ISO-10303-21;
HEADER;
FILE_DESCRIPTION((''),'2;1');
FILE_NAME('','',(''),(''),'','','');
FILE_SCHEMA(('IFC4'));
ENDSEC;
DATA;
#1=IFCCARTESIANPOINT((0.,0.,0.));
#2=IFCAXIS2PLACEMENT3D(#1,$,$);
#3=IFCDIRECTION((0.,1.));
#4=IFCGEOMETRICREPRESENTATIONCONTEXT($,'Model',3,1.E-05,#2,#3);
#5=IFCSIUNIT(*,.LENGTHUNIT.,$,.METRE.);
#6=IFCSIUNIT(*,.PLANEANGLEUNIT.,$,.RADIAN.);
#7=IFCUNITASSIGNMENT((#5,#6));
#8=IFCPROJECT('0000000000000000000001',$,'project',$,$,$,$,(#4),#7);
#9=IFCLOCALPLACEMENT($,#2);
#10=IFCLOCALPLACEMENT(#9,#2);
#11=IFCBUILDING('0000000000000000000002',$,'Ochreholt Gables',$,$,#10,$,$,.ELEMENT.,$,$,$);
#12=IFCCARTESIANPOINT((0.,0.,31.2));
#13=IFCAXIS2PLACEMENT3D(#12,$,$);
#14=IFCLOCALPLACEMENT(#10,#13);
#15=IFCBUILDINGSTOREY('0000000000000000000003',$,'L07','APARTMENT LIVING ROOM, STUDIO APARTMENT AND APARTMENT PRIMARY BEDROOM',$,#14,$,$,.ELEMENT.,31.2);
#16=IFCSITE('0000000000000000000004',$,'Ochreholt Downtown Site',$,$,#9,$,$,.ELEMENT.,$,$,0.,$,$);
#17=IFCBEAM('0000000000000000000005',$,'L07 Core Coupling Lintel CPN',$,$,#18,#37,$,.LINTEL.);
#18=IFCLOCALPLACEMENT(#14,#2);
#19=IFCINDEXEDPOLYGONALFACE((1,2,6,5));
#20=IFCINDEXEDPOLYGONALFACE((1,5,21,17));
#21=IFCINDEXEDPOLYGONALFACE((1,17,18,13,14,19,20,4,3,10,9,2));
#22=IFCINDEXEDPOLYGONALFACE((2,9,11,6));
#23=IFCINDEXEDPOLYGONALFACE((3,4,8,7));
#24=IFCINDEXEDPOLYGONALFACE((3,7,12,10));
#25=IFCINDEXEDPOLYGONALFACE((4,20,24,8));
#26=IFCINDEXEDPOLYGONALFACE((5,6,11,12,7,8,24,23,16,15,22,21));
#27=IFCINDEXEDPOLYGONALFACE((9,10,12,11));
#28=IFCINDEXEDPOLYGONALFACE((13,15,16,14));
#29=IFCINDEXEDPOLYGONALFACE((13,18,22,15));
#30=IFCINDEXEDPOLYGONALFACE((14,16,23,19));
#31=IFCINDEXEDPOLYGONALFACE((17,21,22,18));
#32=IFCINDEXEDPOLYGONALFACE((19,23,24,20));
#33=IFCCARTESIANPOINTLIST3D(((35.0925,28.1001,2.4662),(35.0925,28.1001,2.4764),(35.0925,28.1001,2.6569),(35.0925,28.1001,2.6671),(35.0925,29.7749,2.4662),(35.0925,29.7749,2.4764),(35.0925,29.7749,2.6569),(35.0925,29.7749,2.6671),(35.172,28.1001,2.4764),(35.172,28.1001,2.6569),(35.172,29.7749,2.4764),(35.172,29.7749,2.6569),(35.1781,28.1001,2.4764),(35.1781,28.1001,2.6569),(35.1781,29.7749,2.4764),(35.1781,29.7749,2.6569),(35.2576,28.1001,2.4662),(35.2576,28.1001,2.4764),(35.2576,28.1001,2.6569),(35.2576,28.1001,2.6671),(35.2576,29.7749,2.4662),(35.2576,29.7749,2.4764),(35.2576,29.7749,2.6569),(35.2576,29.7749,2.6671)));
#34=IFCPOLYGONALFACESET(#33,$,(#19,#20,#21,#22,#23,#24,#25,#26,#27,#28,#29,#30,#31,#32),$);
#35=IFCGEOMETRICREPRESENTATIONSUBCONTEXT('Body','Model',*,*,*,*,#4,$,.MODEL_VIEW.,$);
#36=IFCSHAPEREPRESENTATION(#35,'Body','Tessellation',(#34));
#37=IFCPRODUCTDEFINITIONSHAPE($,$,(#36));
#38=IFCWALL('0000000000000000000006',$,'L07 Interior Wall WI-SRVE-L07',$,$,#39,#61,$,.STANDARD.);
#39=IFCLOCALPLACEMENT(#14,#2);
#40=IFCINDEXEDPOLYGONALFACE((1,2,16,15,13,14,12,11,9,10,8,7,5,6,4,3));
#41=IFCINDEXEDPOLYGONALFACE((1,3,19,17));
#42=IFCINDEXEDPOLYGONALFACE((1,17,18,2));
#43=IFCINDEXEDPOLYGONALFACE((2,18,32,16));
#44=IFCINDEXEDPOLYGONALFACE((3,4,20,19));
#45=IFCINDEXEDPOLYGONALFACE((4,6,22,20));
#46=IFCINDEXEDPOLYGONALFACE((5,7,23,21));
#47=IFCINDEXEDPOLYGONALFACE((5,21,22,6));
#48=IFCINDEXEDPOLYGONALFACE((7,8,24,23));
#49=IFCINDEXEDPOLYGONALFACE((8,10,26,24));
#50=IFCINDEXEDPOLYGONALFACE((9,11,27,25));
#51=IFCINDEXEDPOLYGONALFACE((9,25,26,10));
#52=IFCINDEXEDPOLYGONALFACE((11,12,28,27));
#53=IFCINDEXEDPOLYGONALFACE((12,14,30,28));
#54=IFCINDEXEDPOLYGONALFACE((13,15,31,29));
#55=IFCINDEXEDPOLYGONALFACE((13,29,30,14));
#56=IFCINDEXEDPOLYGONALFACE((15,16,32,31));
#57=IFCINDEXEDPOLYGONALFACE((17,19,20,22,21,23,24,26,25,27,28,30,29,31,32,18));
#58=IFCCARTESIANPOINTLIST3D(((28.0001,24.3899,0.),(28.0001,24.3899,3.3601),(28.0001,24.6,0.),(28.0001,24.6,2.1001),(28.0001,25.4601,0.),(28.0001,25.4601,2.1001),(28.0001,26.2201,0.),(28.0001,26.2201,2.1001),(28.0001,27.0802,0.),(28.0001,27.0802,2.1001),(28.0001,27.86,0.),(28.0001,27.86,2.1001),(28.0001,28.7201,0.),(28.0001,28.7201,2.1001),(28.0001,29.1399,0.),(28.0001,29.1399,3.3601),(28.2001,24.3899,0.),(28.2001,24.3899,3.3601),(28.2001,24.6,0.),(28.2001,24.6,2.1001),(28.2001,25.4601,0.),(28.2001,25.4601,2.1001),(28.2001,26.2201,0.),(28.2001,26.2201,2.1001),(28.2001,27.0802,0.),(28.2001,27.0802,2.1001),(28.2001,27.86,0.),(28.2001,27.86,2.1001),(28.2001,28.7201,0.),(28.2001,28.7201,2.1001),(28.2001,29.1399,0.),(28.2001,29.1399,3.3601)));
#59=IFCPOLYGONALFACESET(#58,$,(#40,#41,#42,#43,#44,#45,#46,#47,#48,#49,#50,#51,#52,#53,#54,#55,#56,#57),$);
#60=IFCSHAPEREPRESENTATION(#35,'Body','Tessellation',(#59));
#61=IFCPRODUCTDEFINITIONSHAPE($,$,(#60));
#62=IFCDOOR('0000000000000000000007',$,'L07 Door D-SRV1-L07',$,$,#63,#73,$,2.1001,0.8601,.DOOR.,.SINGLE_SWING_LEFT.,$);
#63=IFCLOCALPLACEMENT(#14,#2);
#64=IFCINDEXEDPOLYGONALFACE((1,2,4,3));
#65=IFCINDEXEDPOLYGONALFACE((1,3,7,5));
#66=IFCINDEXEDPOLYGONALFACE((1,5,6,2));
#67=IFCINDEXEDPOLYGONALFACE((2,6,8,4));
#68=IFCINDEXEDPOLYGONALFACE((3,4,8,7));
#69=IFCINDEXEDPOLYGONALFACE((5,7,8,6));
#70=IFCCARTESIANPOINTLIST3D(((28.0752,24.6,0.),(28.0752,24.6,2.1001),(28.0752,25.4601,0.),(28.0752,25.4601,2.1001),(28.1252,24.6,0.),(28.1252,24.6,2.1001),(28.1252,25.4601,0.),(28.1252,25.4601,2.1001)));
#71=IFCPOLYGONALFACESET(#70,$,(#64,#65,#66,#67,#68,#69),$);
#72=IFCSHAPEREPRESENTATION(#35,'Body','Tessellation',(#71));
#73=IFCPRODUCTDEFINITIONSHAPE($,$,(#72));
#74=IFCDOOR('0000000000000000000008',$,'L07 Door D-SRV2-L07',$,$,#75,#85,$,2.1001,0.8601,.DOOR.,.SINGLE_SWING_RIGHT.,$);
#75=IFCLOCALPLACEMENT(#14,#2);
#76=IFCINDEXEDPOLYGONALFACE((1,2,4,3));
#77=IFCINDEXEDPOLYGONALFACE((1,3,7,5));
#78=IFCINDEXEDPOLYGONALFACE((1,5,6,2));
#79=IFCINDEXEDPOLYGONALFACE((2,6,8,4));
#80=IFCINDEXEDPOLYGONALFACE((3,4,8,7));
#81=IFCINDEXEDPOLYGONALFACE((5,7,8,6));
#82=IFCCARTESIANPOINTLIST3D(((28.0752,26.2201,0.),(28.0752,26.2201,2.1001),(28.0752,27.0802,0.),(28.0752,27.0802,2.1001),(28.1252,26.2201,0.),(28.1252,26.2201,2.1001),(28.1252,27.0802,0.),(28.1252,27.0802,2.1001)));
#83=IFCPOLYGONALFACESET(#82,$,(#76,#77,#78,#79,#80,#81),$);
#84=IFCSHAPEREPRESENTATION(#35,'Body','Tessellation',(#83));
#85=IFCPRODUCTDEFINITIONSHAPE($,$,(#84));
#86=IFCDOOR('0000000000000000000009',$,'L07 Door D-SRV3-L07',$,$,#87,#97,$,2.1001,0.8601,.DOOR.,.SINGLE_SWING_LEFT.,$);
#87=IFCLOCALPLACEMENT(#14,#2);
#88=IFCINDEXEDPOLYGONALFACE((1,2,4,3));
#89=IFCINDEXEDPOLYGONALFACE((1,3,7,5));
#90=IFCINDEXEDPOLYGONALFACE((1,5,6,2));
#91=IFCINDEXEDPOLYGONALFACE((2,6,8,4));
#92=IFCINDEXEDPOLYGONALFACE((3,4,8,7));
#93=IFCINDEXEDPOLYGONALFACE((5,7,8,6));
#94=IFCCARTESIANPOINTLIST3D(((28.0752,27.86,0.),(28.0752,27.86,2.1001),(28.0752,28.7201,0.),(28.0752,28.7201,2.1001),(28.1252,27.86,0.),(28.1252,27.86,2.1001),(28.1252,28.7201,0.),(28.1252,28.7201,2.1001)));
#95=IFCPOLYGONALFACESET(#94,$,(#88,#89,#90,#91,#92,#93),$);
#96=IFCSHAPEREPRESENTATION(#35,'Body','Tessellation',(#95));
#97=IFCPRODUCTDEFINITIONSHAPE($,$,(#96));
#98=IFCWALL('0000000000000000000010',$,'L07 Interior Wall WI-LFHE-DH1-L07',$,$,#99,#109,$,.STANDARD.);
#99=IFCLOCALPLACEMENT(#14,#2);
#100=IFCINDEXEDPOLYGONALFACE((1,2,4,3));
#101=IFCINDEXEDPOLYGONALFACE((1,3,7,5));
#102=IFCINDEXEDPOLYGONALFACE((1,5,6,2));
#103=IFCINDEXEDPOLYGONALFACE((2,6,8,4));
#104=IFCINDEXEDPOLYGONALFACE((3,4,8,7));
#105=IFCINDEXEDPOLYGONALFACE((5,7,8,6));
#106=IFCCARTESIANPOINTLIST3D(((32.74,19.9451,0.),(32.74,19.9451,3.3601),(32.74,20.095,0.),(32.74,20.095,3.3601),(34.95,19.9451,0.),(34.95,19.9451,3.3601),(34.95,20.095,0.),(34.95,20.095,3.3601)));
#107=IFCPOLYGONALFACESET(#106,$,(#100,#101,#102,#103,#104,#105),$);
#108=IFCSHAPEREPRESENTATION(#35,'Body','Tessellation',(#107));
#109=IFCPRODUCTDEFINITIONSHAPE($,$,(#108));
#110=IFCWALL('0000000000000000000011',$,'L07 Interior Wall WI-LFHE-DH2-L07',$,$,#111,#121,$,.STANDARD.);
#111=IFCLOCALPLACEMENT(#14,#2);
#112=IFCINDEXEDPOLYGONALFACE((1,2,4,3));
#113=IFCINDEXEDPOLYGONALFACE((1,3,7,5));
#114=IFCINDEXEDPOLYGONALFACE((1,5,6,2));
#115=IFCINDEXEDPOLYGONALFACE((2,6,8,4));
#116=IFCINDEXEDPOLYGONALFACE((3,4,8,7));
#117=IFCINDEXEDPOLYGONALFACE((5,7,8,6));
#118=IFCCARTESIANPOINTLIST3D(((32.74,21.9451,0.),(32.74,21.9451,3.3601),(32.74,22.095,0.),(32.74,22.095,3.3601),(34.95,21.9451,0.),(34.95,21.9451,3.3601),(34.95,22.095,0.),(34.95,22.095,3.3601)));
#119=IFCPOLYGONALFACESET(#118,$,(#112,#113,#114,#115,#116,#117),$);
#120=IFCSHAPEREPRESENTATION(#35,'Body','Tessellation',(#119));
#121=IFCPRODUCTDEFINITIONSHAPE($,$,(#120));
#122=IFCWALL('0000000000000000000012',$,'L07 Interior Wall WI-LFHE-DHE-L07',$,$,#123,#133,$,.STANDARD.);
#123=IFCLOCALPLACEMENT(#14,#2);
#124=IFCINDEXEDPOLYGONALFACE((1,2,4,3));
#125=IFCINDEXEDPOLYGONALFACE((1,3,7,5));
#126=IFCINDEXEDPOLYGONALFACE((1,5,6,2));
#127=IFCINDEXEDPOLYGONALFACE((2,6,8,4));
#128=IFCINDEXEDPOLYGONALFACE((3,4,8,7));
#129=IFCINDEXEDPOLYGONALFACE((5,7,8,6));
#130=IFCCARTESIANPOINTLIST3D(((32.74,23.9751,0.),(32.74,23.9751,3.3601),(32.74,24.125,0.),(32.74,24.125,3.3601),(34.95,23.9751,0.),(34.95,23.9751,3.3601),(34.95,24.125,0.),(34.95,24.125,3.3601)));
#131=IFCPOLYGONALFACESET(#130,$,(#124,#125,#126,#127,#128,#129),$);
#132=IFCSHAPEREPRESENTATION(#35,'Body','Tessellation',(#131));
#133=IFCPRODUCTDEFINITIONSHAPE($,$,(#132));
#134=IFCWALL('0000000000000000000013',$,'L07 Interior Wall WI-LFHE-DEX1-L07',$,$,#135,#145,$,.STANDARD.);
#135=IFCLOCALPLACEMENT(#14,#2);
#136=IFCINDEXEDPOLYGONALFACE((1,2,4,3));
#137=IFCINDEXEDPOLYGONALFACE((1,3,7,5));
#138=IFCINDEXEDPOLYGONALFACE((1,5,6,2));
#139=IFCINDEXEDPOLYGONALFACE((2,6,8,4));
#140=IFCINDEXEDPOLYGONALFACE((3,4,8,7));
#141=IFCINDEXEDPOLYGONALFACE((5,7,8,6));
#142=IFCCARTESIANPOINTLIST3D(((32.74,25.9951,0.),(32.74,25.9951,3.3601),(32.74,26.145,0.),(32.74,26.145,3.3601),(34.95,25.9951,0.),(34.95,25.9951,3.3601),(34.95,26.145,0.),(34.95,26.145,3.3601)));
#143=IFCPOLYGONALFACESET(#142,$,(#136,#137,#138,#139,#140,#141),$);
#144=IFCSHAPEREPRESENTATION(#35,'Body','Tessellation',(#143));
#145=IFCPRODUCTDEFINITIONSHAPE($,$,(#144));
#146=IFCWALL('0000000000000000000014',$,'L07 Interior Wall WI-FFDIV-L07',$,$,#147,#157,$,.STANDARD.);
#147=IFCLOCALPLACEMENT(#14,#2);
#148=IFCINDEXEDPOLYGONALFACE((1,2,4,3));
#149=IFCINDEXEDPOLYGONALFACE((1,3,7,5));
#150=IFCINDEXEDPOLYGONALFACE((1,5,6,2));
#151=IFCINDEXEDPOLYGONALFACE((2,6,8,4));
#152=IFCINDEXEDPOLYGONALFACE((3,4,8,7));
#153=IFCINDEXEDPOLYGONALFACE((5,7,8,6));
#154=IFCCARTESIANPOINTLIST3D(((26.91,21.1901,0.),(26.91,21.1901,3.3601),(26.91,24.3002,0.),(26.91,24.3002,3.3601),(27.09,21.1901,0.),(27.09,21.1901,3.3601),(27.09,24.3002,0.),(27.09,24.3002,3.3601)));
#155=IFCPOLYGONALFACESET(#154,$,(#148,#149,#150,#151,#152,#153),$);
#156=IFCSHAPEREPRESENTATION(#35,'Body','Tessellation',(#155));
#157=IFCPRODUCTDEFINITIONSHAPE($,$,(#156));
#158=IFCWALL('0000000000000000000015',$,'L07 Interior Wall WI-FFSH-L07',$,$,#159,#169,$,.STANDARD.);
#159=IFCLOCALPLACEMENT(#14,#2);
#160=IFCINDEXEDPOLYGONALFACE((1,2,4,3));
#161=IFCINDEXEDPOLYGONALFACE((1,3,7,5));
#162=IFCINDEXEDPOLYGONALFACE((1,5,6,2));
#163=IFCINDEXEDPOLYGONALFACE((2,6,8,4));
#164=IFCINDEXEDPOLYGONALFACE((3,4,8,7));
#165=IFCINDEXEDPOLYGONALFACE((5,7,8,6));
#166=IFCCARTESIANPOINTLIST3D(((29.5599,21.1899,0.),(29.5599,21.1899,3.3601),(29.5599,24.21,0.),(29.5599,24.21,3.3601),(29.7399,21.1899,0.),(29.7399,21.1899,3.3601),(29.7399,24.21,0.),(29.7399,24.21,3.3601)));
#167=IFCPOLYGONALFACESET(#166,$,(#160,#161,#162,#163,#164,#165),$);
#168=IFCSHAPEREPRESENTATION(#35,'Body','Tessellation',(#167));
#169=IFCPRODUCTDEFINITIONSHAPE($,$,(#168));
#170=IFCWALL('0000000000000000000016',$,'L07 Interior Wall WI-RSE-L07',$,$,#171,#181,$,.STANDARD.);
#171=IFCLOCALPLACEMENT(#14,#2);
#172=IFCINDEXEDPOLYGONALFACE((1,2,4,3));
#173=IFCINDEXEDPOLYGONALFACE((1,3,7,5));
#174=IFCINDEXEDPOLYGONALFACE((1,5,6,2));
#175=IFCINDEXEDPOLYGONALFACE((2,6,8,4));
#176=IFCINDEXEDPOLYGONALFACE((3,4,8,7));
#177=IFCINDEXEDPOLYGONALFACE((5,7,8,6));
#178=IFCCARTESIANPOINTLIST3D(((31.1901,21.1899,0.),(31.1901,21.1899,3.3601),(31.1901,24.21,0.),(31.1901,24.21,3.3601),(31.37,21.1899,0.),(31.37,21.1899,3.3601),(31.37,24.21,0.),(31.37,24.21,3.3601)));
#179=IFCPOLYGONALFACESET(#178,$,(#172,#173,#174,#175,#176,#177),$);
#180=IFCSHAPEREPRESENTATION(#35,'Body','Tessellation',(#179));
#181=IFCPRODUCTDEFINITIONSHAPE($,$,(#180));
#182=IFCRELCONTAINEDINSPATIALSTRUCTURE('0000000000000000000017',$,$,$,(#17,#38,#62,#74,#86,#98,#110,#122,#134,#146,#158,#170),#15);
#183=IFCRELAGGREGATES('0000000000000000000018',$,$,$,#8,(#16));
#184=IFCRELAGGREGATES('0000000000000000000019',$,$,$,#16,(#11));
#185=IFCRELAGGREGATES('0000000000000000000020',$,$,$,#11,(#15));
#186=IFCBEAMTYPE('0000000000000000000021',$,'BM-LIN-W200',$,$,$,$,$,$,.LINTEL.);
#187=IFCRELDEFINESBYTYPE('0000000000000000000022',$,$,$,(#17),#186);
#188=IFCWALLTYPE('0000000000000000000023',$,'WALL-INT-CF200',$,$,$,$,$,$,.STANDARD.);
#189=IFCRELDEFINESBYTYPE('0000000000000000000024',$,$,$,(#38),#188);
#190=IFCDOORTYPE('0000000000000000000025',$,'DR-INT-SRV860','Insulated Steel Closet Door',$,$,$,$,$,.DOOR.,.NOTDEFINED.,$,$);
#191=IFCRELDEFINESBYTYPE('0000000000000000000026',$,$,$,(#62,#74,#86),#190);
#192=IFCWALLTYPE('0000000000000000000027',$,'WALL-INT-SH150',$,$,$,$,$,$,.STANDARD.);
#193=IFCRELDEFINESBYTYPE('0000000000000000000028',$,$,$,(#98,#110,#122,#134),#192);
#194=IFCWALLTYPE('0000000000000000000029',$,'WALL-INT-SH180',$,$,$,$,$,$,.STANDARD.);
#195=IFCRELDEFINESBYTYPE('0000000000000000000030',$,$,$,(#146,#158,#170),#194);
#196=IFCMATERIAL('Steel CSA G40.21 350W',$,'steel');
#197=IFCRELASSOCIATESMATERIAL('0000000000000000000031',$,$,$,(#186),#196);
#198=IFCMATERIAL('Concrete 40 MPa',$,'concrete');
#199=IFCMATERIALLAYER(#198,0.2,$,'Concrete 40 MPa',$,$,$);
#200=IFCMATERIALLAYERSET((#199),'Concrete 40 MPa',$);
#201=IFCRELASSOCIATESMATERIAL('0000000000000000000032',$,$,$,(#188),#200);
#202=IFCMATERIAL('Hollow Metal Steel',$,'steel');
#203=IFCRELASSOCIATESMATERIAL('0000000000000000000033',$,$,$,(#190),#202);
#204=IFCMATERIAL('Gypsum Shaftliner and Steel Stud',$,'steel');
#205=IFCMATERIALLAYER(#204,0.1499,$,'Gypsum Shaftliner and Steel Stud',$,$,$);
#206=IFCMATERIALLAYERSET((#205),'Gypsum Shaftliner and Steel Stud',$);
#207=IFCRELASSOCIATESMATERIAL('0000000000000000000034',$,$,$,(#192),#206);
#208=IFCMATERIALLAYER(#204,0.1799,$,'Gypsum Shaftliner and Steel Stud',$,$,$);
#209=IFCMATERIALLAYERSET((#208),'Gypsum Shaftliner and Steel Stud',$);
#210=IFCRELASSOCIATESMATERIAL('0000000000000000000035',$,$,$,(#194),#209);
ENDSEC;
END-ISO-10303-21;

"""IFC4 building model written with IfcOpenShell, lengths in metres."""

from ifc_helpers import new_model, si_unit, direction, frame, frame_2d, origin, origin_2d, place, context, subcontext, project, spatial, rectangle, i_section, extrude, material, layer, layer_set, material_profile, profile_set, type_object, element, fill, save


model = new_model("IFC4")

# Units and contexts
model_context = context("Model", 3, precision=1e-05, world=origin(), true_north=direction((0.0, 1.0)))
body_context = subcontext(model_context, "Body", "Model", "MODEL_VIEW")
ifc_project = project(units=[si_unit("LENGTHUNIT", "METRE"), si_unit("PLANEANGLEUNIT", "RADIAN")], contexts=[model_context])

# Site, building, storey
site_placement = place(None, origin())
site = spatial("IfcSite", under=ifc_project, at=site_placement, Name="Ochreholt Downtown Site", CompositionType="ELEMENT", RefElevation=0.0)
building_placement = place(site_placement, origin())
building = spatial("IfcBuilding", under=site, at=building_placement, Name="Ochreholt Gables", CompositionType="ELEMENT")
storey_placement = place(building_placement, frame((0.0, 0.0, 31.2)))
storey = spatial("IfcBuildingStorey", under=building, at=storey_placement, Name="L07", Description="APARTMENT LIVING ROOM, STUDIO APARTMENT AND APARTMENT PRIMARY BEDROOM", CompositionType="ELEMENT", Elevation=31.2)

# Beam
ifc_material_1 = material(Name="Steel CSA G40.21 350W", Category="steel")
ifc_material_profile = material_profile(ifc_material_1, i_section(OverallWidth=0.165, OverallDepth=0.2009, WebThickness=0.0061, FlangeThickness=0.0103, at=origin_2d()), Name="W200X36")
ifc_profile_set = profile_set([ifc_material_profile], Name="Steel CSA G40.21 350W")
beam_type = type_object("IfcBeamType", Name="BM-LIN-W200", PredefinedType="LINTEL", material=ifc_profile_set)
beam_placement = place(storey_placement, frame((35.175, 28.1001, 2.5667), z_axis=(0.0, 1.0, 0.0), x_axis=(-1.0, 0.0, 0.0)))
element("IfcBeam", 1, at=beam_placement, inside=storey, type_object=beam_type, Name="L07 Core Coupling Lintel CPN", PredefinedType="LINTEL", context=body_context, shape_type="SweptSolid", body=[
    extrude(i_section(OverallWidth=0.165, OverallDepth=0.2009, WebThickness=0.0061, FlangeThickness=0.0103, at=origin_2d()), origin(), (0.0, 0.0, 1.0), 1.6748),
])

# Wall, openings, doors
ifc_material_2 = material(Name="Concrete 40 MPa", Category="concrete")
ifc_layer_1 = layer(ifc_material_2, 0.2, Name="Concrete 40 MPa")
ifc_layer_set_1 = layer_set([ifc_layer_1], Name="Concrete 40 MPa")
wall_type_1 = type_object("IfcWallType", Name="WALL-INT-CF200", PredefinedType="STANDARD", material=ifc_layer_set_1)
wall_1_placement = place(storey_placement, frame((28.1001, 24.3899, 0.0), z_axis=(0.0, 0.0, 1.0), x_axis=(0.0, 1.0, 0.0)))
wall_1 = element("IfcWall", 2, at=wall_1_placement, inside=storey, type_object=wall_type_1, Name="L07 Interior Wall WI-SRVE-L07", PredefinedType="STANDARD", context=body_context, shape_type="SweptSolid", body=[
    extrude(rectangle(XDim=4.75, YDim=0.2, at=frame_2d((2.375, 0.0))), origin(), (0.0, 0.0, 1.0), 3.3601),
])
opening_1_placement = place(wall_1_placement, frame((0.21, 0.0, 0.0)))
opening_1 = element("IfcOpeningElement", 3, at=opening_1_placement, cuts=wall_1, PredefinedType="OPENING", context=body_context, shape_type="SweptSolid", body=[
    extrude(rectangle(XDim=0.8601, YDim=2.1001, at=frame_2d((0.4302, 1.05))), frame((0.0, 0.1099, 0.0), z_axis=(0.0, -1.0, 0.0), x_axis=(1.0, 0.0, 0.0)), (0.0, 0.0, 1.0), 0.22),
])
opening_2_placement = place(wall_1_placement, frame((1.8301, 0.0, 0.0)))
opening_2 = element("IfcOpeningElement", 4, at=opening_2_placement, cuts=wall_1, PredefinedType="OPENING", context=body_context, shape_type="SweptSolid", body=[
    extrude(rectangle(XDim=0.8601, YDim=2.1001, at=frame_2d((0.4302, 1.05))), frame((0.0, 0.1099, 0.0), z_axis=(0.0, -1.0, 0.0), x_axis=(1.0, 0.0, 0.0)), (0.0, 0.0, 1.0), 0.22),
])
opening_3_placement = place(wall_1_placement, frame((3.47, 0.0, 0.0)))
opening_3 = element("IfcOpeningElement", 5, at=opening_3_placement, cuts=wall_1, PredefinedType="OPENING", context=body_context, shape_type="SweptSolid", body=[
    extrude(rectangle(XDim=0.8601, YDim=2.1001, at=frame_2d((0.4302, 1.05))), frame((0.0, 0.1099, 0.0), z_axis=(0.0, -1.0, 0.0), x_axis=(1.0, 0.0, 0.0)), (0.0, 0.0, 1.0), 0.22),
])
ifc_material_3 = material(Name="Hollow Metal Steel", Category="steel")
door_type = type_object("IfcDoorType", Name="DR-INT-SRV860", Description="Insulated Steel Closet Door", OperationType="NOTDEFINED", PredefinedType="DOOR", material=ifc_material_3)
door_1_placement = place(opening_1_placement, origin())
door_1 = element("IfcDoor", 6, at=door_1_placement, inside=storey, type_object=door_type, Name="L07 Door D-SRV1-L07", OperationType="SINGLE_SWING_LEFT", OverallHeight=2.1001, OverallWidth=0.8601, PredefinedType="DOOR", context=body_context, shape_type="SweptSolid", body=[
    extrude(rectangle(XDim=0.8601, YDim=2.1001, at=frame_2d((0.4302, 1.05))), frame((0.0, 0.0249, 0.0), z_axis=(0.0, -1.0, 0.0), x_axis=(1.0, 0.0, 0.0)), (0.0, 0.0, 1.0), 0.05),
])
fill(opening_1, door_1)
door_2_placement = place(opening_2_placement, origin())
door_2 = element("IfcDoor", 7, at=door_2_placement, inside=storey, type_object=door_type, Name="L07 Door D-SRV2-L07", OperationType="SINGLE_SWING_RIGHT", OverallHeight=2.1001, OverallWidth=0.8601, PredefinedType="DOOR", context=body_context, shape_type="SweptSolid", body=[
    extrude(rectangle(XDim=0.8601, YDim=2.1001, at=frame_2d((0.4302, 1.05))), frame((0.0, 0.0249, 0.0), z_axis=(0.0, -1.0, 0.0), x_axis=(1.0, 0.0, 0.0)), (0.0, 0.0, 1.0), 0.05),
])
fill(opening_2, door_2)
door_3_placement = place(opening_3_placement, origin())
door_3 = element("IfcDoor", 8, at=door_3_placement, inside=storey, type_object=door_type, Name="L07 Door D-SRV3-L07", OperationType="SINGLE_SWING_LEFT", OverallHeight=2.1001, OverallWidth=0.8601, PredefinedType="DOOR", context=body_context, shape_type="SweptSolid", body=[
    extrude(rectangle(XDim=0.8601, YDim=2.1001, at=frame_2d((0.4302, 1.05))), frame((0.0, 0.0249, 0.0), z_axis=(0.0, -1.0, 0.0), x_axis=(1.0, 0.0, 0.0)), (0.0, 0.0, 1.0), 0.05),
])
fill(opening_3, door_3)

# Walls
ifc_material_4 = material(Name="Gypsum Shaftliner and Steel Stud", Category="steel")
ifc_layer_2 = layer(ifc_material_4, 0.1499, Name="Gypsum Shaftliner and Steel Stud")
ifc_layer_set_2 = layer_set([ifc_layer_2], Name="Gypsum Shaftliner and Steel Stud")
wall_type_2 = type_object("IfcWallType", Name="WALL-INT-SH150", PredefinedType="STANDARD", material=ifc_layer_set_2)
for number, where, z_axis, x_axis, name in (
    (9, (32.74, 20.02, 0.0), (0.0, 0.0, 1.0), (1.0, 0.0, 0.0), "L07 Interior Wall WI-LFHE-DH1-L07"),
    (10, (32.74, 22.02, 0.0), (0.0, 0.0, 1.0), (1.0, 0.0, 0.0), "L07 Interior Wall WI-LFHE-DH2-L07"),
    (11, (32.74, 24.05, 0.0), (0.0, 0.0, 1.0), (1.0, 0.0, 0.0), "L07 Interior Wall WI-LFHE-DHE-L07"),
    (12, (32.74, 26.0701, 0.0), (0.0, 0.0, 1.0), (1.0, 0.0, 0.0), "L07 Interior Wall WI-LFHE-DEX1-L07"),
):
    element("IfcWall", number, at=place(storey_placement, frame(where, z_axis=z_axis, x_axis=x_axis)), inside=storey, type_object=wall_type_2, Name=name, PredefinedType="STANDARD", context=body_context, shape_type="SweptSolid", body=[
        extrude(rectangle(XDim=2.21, YDim=0.1499, at=frame_2d((1.105, 0.0))), origin(), (0.0, 0.0, 1.0), 3.3601),
    ])
ifc_layer_3 = layer(ifc_material_4, 0.1799, Name="Gypsum Shaftliner and Steel Stud")
ifc_layer_set_3 = layer_set([ifc_layer_3], Name="Gypsum Shaftliner and Steel Stud")
wall_type_3 = type_object("IfcWallType", Name="WALL-INT-SH180", PredefinedType="STANDARD", material=ifc_layer_set_3)
wall_2_placement = place(storey_placement, frame((27.0, 21.1899, 0.0), z_axis=(0.0, 0.0, 1.0), x_axis=(0.0, 1.0, 0.0)))
element("IfcWall", 13, at=wall_2_placement, inside=storey, type_object=wall_type_3, Name="L07 Interior Wall WI-FFDIV-L07", PredefinedType="STANDARD", context=body_context, shape_type="SweptSolid", body=[
    extrude(rectangle(XDim=3.1101, YDim=0.1799, at=frame_2d((1.5552, 0.0))), origin(), (0.0, 0.0, 1.0), 3.3601),
])
for number, where, z_axis, x_axis, name in (
    (14, (29.6499, 21.1899, 0.0), (0.0, 0.0, 1.0), (0.0, 1.0, 0.0), "L07 Interior Wall WI-FFSH-L07"),
    (15, (31.28, 21.1899, 0.0), (0.0, 0.0, 1.0), (0.0, 1.0, 0.0), "L07 Interior Wall WI-RSE-L07"),
):
    element("IfcWall", number, at=place(storey_placement, frame(where, z_axis=z_axis, x_axis=x_axis)), inside=storey, type_object=wall_type_3, Name=name, PredefinedType="STANDARD", context=body_context, shape_type="SweptSolid", body=[
        extrude(rectangle(XDim=3.02, YDim=0.1799, at=frame_2d((1.51, 0.0))), origin(), (0.0, 0.0, 1.0), 3.3601),
    ])

save(model, "model.ifc")
